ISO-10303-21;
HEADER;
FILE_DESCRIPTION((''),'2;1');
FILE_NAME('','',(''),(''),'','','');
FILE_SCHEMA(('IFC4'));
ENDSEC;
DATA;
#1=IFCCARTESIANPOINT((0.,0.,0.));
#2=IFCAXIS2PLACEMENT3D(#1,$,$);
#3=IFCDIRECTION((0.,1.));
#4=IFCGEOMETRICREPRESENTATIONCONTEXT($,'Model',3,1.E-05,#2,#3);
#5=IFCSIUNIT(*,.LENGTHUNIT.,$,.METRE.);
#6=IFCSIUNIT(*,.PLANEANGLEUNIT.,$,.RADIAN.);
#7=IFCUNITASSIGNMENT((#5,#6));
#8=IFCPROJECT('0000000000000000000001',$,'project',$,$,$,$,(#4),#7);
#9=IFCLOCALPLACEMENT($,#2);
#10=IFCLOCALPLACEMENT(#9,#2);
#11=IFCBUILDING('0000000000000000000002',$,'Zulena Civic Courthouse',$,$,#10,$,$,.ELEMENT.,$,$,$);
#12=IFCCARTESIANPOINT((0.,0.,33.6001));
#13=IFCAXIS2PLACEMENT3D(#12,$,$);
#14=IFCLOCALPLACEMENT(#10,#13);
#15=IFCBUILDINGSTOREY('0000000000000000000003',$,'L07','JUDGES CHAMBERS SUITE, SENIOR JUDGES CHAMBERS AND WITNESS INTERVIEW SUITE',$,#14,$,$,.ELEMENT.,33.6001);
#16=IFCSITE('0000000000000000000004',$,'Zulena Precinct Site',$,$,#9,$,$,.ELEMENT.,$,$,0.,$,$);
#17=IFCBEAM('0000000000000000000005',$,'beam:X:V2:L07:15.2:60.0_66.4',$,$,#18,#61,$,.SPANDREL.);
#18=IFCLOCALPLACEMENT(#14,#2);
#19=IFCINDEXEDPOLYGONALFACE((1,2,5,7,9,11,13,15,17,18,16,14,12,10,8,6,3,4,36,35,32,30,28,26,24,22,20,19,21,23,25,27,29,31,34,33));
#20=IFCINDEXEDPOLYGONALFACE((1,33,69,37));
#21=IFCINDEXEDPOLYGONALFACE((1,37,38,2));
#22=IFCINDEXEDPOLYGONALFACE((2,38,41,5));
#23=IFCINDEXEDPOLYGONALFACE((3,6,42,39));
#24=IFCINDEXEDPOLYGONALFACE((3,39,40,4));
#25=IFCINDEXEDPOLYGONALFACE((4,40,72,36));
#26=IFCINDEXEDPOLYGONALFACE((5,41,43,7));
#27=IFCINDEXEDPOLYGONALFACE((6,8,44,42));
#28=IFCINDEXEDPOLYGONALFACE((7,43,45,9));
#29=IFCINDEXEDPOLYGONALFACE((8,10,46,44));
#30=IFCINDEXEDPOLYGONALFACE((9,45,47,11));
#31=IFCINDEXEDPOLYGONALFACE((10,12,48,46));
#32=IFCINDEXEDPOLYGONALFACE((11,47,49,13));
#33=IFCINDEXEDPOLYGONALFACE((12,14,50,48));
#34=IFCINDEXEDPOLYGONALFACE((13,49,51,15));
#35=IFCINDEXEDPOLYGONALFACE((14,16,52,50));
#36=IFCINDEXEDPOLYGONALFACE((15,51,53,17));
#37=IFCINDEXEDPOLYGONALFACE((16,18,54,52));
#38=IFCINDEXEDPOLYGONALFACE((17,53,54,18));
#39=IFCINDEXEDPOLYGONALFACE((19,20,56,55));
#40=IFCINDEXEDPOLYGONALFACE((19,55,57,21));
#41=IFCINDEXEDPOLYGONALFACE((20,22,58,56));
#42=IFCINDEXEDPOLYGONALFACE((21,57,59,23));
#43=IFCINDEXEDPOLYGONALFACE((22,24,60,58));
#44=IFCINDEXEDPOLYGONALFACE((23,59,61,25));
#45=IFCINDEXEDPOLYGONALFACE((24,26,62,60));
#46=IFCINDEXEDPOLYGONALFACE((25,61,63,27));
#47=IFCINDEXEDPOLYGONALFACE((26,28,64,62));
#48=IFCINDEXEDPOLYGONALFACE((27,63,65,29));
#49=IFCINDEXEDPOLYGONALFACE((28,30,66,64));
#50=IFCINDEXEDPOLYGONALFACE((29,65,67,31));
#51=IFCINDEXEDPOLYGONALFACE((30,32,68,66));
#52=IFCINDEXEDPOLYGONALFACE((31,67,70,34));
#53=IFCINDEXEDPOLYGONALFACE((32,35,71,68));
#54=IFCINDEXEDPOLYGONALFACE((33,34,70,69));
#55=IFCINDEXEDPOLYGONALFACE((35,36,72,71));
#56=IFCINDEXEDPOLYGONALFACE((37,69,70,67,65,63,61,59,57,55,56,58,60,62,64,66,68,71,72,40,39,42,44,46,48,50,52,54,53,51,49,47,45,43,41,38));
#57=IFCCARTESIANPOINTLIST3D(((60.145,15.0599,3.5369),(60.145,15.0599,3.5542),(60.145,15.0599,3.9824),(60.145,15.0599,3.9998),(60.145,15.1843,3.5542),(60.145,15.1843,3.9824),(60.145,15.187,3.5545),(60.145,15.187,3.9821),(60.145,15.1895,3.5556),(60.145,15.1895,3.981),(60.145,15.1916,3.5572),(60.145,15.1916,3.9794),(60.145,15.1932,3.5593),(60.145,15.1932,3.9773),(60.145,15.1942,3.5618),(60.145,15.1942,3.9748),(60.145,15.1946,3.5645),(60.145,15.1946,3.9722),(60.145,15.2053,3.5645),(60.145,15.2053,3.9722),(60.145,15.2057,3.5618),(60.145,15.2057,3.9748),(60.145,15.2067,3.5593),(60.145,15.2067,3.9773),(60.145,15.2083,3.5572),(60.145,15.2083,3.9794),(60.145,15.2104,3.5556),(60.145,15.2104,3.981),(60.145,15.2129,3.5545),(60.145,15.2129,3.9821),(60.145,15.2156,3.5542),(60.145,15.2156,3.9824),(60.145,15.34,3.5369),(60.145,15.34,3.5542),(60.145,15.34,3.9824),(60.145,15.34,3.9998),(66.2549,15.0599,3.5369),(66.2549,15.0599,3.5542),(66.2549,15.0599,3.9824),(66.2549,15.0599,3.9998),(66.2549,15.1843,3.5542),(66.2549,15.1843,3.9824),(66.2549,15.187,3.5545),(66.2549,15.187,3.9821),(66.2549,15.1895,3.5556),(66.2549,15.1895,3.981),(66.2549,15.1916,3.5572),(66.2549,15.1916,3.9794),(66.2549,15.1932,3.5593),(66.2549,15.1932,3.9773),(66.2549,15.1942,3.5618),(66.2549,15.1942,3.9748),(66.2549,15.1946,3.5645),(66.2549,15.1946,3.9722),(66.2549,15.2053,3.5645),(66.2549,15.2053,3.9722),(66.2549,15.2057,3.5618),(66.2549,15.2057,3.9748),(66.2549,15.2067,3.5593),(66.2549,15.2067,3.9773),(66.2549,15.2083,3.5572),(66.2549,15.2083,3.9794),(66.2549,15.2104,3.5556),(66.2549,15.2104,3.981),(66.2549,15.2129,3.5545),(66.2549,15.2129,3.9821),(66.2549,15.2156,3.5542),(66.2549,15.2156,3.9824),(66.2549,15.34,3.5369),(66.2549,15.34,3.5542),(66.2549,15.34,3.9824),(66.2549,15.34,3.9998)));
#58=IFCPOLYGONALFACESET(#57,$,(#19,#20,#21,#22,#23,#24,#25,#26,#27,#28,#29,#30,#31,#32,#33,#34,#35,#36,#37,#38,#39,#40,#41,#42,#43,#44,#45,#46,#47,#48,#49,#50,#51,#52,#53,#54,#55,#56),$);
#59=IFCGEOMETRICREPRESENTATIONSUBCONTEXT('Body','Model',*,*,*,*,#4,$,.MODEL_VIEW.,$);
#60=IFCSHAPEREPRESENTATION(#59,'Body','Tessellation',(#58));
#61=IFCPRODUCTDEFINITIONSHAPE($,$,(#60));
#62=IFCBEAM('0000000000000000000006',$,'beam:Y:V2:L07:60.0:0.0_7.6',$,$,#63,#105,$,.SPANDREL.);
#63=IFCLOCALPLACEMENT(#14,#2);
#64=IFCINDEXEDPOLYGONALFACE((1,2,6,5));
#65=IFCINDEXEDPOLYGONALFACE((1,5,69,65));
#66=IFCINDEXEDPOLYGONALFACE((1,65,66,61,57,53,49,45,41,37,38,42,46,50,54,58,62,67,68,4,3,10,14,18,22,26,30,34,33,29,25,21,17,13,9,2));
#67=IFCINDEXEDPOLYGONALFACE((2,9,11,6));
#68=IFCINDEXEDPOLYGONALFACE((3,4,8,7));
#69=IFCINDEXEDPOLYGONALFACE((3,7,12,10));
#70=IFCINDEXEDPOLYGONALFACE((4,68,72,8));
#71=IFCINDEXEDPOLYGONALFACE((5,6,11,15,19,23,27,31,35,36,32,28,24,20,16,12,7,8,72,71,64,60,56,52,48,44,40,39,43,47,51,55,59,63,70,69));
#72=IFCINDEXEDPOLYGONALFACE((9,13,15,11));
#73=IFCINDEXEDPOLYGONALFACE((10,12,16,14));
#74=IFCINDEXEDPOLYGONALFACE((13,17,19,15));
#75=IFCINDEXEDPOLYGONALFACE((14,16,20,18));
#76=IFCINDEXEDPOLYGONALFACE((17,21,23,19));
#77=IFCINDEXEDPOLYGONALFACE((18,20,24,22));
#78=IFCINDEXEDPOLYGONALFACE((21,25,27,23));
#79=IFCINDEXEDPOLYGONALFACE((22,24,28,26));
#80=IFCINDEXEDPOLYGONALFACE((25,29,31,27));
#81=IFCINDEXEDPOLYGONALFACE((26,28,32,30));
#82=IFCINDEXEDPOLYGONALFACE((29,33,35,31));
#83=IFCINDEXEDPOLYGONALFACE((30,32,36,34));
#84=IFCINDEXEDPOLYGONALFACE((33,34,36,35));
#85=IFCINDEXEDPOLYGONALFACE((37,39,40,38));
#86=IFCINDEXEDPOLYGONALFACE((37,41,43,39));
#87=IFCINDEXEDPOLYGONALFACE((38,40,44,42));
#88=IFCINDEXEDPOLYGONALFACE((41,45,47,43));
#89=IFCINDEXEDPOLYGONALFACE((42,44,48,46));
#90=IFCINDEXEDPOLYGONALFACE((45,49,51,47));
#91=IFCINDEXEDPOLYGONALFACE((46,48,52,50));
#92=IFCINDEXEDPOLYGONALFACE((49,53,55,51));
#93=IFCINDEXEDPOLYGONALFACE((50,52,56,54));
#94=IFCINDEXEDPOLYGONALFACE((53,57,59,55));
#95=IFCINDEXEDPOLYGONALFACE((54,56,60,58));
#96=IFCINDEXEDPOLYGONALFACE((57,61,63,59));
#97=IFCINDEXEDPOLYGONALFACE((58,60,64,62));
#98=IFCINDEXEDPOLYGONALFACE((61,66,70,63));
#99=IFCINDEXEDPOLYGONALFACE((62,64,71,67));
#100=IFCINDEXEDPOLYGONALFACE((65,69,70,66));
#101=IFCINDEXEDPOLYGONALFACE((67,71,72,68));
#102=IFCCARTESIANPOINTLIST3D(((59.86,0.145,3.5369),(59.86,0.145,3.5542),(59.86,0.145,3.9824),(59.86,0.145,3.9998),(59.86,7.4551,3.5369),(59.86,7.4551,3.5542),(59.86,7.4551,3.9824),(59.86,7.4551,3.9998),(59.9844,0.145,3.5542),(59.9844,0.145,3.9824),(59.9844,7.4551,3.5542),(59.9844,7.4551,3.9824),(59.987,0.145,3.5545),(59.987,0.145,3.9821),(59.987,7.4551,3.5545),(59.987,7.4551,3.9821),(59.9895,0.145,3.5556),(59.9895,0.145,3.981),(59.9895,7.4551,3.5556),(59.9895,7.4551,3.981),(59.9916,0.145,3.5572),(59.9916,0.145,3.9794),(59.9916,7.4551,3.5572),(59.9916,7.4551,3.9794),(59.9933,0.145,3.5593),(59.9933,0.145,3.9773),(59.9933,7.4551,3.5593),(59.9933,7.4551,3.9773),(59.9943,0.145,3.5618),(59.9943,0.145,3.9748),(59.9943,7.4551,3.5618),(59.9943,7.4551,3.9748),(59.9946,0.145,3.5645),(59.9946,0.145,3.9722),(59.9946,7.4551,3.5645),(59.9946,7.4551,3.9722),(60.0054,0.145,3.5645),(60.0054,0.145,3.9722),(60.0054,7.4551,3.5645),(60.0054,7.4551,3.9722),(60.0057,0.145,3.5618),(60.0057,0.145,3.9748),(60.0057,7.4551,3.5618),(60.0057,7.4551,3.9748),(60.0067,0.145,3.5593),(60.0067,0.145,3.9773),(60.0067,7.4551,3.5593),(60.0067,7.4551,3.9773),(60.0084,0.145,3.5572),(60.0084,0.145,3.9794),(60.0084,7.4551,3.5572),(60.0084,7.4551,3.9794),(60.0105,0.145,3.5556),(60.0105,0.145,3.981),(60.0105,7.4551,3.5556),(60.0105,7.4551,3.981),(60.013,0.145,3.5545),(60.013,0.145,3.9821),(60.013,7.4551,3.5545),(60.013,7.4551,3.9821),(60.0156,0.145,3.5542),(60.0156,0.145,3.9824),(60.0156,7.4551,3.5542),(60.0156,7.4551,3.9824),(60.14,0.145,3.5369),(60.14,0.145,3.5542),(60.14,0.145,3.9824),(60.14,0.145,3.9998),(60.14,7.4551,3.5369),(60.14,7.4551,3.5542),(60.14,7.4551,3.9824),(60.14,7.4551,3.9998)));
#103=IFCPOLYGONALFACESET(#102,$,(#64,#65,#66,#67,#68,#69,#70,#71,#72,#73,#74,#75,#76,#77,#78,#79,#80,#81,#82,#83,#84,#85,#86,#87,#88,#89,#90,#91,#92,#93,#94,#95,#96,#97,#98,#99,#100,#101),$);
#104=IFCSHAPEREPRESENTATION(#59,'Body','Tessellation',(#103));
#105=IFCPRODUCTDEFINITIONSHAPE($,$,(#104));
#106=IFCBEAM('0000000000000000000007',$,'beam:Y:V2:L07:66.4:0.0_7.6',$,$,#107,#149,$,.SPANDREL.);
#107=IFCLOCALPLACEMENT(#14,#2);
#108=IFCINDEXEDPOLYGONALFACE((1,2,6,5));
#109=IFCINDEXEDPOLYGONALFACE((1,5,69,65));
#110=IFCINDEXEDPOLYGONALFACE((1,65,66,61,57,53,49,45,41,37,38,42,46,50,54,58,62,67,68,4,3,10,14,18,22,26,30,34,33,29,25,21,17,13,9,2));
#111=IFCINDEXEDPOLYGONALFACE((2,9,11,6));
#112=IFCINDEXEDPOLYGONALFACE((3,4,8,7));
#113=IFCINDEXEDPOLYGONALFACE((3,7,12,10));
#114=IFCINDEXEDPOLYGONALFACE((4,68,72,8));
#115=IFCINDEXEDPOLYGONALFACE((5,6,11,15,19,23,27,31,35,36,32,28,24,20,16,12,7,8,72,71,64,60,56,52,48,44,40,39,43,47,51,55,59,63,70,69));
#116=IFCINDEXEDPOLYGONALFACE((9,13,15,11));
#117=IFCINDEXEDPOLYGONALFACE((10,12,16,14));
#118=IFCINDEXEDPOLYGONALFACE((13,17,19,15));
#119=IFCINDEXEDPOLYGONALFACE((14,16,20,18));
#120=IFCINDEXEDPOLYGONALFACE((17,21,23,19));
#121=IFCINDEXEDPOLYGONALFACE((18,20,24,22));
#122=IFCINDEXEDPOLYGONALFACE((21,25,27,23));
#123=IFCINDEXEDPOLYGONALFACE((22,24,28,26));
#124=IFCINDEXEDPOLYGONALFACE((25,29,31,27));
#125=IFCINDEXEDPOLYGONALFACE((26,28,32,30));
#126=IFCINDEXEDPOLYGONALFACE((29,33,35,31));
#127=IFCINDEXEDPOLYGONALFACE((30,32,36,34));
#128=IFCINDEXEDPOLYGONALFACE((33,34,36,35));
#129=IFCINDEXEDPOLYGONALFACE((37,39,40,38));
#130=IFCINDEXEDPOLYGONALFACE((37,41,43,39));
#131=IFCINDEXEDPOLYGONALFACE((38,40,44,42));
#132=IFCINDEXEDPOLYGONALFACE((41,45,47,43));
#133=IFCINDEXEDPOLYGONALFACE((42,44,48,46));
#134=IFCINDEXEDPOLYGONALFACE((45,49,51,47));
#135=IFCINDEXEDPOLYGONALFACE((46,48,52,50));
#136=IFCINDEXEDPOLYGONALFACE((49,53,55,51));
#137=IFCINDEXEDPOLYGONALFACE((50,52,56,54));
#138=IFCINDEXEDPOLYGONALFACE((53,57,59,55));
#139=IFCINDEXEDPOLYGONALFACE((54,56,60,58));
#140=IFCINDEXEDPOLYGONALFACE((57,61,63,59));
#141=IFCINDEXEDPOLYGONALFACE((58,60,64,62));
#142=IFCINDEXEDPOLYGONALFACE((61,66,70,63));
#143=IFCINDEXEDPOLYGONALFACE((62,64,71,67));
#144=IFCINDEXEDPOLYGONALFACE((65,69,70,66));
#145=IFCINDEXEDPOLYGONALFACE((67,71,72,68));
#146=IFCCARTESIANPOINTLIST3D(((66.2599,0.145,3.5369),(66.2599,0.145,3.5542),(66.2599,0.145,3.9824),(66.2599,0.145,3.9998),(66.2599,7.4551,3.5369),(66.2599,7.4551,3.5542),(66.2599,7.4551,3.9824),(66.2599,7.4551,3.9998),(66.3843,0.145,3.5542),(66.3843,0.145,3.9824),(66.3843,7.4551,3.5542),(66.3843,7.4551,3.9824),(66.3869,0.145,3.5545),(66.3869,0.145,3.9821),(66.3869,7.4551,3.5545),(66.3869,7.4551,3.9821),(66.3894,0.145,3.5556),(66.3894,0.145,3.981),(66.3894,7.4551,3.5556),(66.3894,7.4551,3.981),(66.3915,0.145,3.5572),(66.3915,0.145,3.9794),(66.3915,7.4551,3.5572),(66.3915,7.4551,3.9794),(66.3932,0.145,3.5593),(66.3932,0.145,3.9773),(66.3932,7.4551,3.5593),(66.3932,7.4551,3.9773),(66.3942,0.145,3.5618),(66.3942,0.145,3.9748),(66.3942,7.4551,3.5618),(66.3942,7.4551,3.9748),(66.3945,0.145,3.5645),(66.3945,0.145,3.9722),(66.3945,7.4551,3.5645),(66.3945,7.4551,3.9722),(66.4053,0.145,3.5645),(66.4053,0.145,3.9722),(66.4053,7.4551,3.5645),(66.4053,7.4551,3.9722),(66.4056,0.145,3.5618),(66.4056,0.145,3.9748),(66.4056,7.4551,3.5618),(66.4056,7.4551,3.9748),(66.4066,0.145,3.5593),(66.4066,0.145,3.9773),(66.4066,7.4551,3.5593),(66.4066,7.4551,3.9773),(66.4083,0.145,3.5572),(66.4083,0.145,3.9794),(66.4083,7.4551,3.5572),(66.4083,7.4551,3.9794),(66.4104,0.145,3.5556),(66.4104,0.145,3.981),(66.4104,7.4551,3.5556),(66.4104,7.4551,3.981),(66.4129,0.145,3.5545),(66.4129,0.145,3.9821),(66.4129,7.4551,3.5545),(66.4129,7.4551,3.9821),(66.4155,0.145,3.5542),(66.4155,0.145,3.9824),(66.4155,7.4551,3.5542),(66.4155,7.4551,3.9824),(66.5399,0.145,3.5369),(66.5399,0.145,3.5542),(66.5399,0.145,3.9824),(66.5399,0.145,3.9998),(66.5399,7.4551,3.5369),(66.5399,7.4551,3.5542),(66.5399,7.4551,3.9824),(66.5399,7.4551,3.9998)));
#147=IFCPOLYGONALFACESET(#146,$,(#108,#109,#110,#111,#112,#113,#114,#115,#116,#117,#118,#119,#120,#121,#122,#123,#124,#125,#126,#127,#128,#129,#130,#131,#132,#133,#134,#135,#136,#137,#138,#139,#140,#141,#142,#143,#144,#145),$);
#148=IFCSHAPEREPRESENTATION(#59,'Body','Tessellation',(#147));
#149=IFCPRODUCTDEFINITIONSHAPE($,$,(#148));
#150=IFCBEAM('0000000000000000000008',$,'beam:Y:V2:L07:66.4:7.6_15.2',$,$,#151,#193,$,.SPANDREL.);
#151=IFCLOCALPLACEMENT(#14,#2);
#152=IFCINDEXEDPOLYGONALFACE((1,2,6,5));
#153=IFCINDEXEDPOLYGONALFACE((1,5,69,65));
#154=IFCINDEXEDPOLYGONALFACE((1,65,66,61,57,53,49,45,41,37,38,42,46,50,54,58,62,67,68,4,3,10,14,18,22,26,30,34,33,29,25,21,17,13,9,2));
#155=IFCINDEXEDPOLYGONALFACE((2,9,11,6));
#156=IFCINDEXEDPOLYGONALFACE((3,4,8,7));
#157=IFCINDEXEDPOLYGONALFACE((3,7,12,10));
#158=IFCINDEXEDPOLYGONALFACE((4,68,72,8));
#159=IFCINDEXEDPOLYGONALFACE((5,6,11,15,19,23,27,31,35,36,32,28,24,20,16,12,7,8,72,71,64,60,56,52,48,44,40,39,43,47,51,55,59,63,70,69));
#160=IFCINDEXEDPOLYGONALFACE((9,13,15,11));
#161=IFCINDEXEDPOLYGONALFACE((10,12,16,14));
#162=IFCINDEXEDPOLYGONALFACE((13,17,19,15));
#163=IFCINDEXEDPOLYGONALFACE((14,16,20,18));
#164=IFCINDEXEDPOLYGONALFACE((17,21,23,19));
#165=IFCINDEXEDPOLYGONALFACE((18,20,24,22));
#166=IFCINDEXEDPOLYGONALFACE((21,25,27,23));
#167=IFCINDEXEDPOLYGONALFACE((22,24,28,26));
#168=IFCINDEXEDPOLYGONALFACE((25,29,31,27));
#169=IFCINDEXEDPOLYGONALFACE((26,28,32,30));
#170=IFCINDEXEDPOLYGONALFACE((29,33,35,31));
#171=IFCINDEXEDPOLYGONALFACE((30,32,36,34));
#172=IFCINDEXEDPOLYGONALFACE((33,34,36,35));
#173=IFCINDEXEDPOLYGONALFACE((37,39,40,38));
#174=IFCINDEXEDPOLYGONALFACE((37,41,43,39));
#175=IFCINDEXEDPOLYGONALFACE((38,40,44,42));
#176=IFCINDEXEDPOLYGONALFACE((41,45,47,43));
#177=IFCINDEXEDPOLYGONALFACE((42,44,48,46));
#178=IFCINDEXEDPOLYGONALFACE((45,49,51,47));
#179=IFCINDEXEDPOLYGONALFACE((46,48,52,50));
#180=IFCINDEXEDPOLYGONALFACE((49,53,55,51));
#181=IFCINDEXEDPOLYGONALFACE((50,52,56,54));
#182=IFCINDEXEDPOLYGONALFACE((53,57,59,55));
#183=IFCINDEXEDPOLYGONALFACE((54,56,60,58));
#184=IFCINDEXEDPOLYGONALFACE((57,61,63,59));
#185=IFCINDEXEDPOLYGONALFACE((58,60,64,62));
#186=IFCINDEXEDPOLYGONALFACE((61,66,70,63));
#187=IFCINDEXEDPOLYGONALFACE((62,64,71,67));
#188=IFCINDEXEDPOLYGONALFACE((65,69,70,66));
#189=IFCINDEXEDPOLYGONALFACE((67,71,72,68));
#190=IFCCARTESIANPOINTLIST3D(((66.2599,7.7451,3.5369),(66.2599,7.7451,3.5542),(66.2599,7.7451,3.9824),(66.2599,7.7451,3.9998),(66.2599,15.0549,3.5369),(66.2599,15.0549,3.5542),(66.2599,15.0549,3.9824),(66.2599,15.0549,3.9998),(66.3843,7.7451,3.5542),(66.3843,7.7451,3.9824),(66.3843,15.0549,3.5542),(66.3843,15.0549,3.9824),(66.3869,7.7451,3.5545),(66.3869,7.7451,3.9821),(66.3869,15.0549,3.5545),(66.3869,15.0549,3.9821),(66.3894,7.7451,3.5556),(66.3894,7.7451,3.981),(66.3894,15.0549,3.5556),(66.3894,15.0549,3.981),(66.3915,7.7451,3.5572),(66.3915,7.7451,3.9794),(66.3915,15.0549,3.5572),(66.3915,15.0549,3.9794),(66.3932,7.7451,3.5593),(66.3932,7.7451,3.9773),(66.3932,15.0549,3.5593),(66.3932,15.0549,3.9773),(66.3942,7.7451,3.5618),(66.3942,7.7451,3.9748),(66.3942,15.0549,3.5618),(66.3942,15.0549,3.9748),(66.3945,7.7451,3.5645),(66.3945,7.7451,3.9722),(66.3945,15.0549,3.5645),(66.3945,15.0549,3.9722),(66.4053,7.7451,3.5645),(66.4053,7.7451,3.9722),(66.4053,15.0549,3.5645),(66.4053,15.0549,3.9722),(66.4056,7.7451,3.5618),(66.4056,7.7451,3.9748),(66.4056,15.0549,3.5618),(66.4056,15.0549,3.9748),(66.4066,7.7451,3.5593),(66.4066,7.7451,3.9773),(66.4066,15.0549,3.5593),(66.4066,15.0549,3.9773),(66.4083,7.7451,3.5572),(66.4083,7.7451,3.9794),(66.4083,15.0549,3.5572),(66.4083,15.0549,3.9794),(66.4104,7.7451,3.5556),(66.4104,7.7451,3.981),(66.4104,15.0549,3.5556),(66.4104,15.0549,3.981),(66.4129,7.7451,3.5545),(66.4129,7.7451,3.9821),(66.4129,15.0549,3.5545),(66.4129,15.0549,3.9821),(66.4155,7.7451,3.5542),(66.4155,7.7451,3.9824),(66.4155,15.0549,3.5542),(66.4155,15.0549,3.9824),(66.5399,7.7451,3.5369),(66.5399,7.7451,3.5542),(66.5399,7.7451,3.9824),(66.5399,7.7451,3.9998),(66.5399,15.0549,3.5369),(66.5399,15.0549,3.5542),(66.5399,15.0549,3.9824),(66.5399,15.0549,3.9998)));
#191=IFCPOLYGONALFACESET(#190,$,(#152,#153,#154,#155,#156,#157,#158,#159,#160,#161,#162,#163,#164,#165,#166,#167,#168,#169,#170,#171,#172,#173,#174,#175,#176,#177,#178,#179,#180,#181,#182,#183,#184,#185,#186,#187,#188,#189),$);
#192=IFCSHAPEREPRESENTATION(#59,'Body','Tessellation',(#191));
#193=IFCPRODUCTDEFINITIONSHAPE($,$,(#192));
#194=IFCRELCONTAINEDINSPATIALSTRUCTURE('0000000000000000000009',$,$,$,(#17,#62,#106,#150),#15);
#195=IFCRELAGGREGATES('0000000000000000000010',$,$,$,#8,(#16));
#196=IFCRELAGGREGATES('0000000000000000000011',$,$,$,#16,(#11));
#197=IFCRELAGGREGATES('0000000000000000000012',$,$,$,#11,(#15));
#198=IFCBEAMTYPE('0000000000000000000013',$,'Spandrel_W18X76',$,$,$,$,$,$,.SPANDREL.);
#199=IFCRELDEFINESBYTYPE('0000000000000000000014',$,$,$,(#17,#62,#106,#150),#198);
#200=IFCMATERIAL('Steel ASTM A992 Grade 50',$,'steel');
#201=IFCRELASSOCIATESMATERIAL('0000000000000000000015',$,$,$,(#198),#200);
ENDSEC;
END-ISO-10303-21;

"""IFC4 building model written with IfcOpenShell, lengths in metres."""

from ifc_helpers import new_model, si_unit, direction, frame, origin, origin_2d, place, context, subcontext, project, spatial, i_section, extrude, material, material_profile, profile_set, type_object, element, save


model = new_model("IFC4")

# Units and contexts
model_context = context("Model", 3, precision=1e-05, world=origin(), true_north=direction((0.0, 1.0)))
body_context = subcontext(model_context, "Body", "Model", "MODEL_VIEW")
ifc_project = project(units=[si_unit("LENGTHUNIT", "METRE"), si_unit("PLANEANGLEUNIT", "RADIAN")], contexts=[model_context])

# Site, building, storey
site_placement = place(None, origin())
site = spatial("IfcSite", under=ifc_project, at=site_placement, Name="Zulena Precinct Site", CompositionType="ELEMENT", RefElevation=0.0)
building_placement = place(site_placement, origin())
building = spatial("IfcBuilding", under=site, at=building_placement, Name="Zulena Civic Courthouse", CompositionType="ELEMENT")
storey_placement = place(building_placement, frame((0.0, 0.0, 33.6001)))
storey = spatial("IfcBuildingStorey", under=building, at=storey_placement, Name="L07", Description="JUDGES CHAMBERS SUITE, SENIOR JUDGES CHAMBERS AND WITNESS INTERVIEW SUITE", CompositionType="ELEMENT", Elevation=33.6001)

# Shared definitions
ifc_material_1 = material(Name="Steel ASTM A992 Grade 50", Category="steel")

# Beams
ifc_material_profile_1 = material_profile(ifc_material_1, i_section(OverallWidth=0.28, OverallDepth=0.4629, WebThickness=0.0107, FlangeThickness=0.0173, FilletRadius=0.0103, at=origin_2d()), Name="W18X76")
ifc_profile_set_1 = profile_set([ifc_material_profile_1], Name="Steel ASTM A992 Grade 50")
beam_type_1 = type_object("IfcBeamType", Name="Spandrel_W18X76", PredefinedType="SPANDREL", material=ifc_profile_set_1)
for number, where, z_axis, x_axis, name in (
    (1, (60.145, 15.2, 3.7683), (1.0, 0.0, 0.0), (0.0, 1.0, 0.0), "beam:X:V2:L07:15.2:60.0_66.4"),
):
    element("IfcBeam", number, at=place(storey_placement, frame(where, z_axis=z_axis, x_axis=x_axis)), inside=storey, type_object=beam_type_1, Name=name, PredefinedType="SPANDREL", context=body_context, shape_type="SweptSolid", body=[
        extrude(i_section(OverallWidth=0.28, OverallDepth=0.4629, WebThickness=0.0107, FlangeThickness=0.0173, FilletRadius=0.0103, at=origin_2d()), origin(), (0.0, 0.0, 1.0), 6.1099),
    ])
for number, where, z_axis, x_axis, name in (
    (2, (60.0, 0.145, 3.7683), (0.0, 1.0, 0.0), (-1.0, 0.0, 0.0), "beam:Y:V2:L07:60.0:0.0_7.6"),
    (3, (66.3999, 0.145, 3.7683), (0.0, 1.0, 0.0), (-1.0, 0.0, 0.0), "beam:Y:V2:L07:66.4:0.0_7.6"),
):
    element("IfcBeam", number, at=place(storey_placement, frame(where, z_axis=z_axis, x_axis=x_axis)), inside=storey, type_object=beam_type_1, Name=name, PredefinedType="SPANDREL", context=body_context, shape_type="SweptSolid", body=[
        extrude(i_section(OverallWidth=0.28, OverallDepth=0.4629, WebThickness=0.0107, FlangeThickness=0.0173, FilletRadius=0.0103, at=origin_2d()), origin(), (0.0, 0.0, 1.0), 7.3101),
    ])
beam_1_placement = place(storey_placement, frame((66.3999, 7.7451, 3.7683), z_axis=(0.0, 1.0, 0.0), x_axis=(-1.0, 0.0, 0.0)))
element("IfcBeam", 4, at=beam_1_placement, inside=storey, type_object=beam_type_1, Name="beam:Y:V2:L07:66.4:7.6_15.2", PredefinedType="SPANDREL", context=body_context, shape_type="SweptSolid", body=[
    extrude(i_section(OverallWidth=0.28, OverallDepth=0.4629, WebThickness=0.0107, FlangeThickness=0.0173, FilletRadius=0.0103, at=origin_2d()), origin(), (0.0, 0.0, 1.0), 7.3098),
])

save(model, "model.ifc")
